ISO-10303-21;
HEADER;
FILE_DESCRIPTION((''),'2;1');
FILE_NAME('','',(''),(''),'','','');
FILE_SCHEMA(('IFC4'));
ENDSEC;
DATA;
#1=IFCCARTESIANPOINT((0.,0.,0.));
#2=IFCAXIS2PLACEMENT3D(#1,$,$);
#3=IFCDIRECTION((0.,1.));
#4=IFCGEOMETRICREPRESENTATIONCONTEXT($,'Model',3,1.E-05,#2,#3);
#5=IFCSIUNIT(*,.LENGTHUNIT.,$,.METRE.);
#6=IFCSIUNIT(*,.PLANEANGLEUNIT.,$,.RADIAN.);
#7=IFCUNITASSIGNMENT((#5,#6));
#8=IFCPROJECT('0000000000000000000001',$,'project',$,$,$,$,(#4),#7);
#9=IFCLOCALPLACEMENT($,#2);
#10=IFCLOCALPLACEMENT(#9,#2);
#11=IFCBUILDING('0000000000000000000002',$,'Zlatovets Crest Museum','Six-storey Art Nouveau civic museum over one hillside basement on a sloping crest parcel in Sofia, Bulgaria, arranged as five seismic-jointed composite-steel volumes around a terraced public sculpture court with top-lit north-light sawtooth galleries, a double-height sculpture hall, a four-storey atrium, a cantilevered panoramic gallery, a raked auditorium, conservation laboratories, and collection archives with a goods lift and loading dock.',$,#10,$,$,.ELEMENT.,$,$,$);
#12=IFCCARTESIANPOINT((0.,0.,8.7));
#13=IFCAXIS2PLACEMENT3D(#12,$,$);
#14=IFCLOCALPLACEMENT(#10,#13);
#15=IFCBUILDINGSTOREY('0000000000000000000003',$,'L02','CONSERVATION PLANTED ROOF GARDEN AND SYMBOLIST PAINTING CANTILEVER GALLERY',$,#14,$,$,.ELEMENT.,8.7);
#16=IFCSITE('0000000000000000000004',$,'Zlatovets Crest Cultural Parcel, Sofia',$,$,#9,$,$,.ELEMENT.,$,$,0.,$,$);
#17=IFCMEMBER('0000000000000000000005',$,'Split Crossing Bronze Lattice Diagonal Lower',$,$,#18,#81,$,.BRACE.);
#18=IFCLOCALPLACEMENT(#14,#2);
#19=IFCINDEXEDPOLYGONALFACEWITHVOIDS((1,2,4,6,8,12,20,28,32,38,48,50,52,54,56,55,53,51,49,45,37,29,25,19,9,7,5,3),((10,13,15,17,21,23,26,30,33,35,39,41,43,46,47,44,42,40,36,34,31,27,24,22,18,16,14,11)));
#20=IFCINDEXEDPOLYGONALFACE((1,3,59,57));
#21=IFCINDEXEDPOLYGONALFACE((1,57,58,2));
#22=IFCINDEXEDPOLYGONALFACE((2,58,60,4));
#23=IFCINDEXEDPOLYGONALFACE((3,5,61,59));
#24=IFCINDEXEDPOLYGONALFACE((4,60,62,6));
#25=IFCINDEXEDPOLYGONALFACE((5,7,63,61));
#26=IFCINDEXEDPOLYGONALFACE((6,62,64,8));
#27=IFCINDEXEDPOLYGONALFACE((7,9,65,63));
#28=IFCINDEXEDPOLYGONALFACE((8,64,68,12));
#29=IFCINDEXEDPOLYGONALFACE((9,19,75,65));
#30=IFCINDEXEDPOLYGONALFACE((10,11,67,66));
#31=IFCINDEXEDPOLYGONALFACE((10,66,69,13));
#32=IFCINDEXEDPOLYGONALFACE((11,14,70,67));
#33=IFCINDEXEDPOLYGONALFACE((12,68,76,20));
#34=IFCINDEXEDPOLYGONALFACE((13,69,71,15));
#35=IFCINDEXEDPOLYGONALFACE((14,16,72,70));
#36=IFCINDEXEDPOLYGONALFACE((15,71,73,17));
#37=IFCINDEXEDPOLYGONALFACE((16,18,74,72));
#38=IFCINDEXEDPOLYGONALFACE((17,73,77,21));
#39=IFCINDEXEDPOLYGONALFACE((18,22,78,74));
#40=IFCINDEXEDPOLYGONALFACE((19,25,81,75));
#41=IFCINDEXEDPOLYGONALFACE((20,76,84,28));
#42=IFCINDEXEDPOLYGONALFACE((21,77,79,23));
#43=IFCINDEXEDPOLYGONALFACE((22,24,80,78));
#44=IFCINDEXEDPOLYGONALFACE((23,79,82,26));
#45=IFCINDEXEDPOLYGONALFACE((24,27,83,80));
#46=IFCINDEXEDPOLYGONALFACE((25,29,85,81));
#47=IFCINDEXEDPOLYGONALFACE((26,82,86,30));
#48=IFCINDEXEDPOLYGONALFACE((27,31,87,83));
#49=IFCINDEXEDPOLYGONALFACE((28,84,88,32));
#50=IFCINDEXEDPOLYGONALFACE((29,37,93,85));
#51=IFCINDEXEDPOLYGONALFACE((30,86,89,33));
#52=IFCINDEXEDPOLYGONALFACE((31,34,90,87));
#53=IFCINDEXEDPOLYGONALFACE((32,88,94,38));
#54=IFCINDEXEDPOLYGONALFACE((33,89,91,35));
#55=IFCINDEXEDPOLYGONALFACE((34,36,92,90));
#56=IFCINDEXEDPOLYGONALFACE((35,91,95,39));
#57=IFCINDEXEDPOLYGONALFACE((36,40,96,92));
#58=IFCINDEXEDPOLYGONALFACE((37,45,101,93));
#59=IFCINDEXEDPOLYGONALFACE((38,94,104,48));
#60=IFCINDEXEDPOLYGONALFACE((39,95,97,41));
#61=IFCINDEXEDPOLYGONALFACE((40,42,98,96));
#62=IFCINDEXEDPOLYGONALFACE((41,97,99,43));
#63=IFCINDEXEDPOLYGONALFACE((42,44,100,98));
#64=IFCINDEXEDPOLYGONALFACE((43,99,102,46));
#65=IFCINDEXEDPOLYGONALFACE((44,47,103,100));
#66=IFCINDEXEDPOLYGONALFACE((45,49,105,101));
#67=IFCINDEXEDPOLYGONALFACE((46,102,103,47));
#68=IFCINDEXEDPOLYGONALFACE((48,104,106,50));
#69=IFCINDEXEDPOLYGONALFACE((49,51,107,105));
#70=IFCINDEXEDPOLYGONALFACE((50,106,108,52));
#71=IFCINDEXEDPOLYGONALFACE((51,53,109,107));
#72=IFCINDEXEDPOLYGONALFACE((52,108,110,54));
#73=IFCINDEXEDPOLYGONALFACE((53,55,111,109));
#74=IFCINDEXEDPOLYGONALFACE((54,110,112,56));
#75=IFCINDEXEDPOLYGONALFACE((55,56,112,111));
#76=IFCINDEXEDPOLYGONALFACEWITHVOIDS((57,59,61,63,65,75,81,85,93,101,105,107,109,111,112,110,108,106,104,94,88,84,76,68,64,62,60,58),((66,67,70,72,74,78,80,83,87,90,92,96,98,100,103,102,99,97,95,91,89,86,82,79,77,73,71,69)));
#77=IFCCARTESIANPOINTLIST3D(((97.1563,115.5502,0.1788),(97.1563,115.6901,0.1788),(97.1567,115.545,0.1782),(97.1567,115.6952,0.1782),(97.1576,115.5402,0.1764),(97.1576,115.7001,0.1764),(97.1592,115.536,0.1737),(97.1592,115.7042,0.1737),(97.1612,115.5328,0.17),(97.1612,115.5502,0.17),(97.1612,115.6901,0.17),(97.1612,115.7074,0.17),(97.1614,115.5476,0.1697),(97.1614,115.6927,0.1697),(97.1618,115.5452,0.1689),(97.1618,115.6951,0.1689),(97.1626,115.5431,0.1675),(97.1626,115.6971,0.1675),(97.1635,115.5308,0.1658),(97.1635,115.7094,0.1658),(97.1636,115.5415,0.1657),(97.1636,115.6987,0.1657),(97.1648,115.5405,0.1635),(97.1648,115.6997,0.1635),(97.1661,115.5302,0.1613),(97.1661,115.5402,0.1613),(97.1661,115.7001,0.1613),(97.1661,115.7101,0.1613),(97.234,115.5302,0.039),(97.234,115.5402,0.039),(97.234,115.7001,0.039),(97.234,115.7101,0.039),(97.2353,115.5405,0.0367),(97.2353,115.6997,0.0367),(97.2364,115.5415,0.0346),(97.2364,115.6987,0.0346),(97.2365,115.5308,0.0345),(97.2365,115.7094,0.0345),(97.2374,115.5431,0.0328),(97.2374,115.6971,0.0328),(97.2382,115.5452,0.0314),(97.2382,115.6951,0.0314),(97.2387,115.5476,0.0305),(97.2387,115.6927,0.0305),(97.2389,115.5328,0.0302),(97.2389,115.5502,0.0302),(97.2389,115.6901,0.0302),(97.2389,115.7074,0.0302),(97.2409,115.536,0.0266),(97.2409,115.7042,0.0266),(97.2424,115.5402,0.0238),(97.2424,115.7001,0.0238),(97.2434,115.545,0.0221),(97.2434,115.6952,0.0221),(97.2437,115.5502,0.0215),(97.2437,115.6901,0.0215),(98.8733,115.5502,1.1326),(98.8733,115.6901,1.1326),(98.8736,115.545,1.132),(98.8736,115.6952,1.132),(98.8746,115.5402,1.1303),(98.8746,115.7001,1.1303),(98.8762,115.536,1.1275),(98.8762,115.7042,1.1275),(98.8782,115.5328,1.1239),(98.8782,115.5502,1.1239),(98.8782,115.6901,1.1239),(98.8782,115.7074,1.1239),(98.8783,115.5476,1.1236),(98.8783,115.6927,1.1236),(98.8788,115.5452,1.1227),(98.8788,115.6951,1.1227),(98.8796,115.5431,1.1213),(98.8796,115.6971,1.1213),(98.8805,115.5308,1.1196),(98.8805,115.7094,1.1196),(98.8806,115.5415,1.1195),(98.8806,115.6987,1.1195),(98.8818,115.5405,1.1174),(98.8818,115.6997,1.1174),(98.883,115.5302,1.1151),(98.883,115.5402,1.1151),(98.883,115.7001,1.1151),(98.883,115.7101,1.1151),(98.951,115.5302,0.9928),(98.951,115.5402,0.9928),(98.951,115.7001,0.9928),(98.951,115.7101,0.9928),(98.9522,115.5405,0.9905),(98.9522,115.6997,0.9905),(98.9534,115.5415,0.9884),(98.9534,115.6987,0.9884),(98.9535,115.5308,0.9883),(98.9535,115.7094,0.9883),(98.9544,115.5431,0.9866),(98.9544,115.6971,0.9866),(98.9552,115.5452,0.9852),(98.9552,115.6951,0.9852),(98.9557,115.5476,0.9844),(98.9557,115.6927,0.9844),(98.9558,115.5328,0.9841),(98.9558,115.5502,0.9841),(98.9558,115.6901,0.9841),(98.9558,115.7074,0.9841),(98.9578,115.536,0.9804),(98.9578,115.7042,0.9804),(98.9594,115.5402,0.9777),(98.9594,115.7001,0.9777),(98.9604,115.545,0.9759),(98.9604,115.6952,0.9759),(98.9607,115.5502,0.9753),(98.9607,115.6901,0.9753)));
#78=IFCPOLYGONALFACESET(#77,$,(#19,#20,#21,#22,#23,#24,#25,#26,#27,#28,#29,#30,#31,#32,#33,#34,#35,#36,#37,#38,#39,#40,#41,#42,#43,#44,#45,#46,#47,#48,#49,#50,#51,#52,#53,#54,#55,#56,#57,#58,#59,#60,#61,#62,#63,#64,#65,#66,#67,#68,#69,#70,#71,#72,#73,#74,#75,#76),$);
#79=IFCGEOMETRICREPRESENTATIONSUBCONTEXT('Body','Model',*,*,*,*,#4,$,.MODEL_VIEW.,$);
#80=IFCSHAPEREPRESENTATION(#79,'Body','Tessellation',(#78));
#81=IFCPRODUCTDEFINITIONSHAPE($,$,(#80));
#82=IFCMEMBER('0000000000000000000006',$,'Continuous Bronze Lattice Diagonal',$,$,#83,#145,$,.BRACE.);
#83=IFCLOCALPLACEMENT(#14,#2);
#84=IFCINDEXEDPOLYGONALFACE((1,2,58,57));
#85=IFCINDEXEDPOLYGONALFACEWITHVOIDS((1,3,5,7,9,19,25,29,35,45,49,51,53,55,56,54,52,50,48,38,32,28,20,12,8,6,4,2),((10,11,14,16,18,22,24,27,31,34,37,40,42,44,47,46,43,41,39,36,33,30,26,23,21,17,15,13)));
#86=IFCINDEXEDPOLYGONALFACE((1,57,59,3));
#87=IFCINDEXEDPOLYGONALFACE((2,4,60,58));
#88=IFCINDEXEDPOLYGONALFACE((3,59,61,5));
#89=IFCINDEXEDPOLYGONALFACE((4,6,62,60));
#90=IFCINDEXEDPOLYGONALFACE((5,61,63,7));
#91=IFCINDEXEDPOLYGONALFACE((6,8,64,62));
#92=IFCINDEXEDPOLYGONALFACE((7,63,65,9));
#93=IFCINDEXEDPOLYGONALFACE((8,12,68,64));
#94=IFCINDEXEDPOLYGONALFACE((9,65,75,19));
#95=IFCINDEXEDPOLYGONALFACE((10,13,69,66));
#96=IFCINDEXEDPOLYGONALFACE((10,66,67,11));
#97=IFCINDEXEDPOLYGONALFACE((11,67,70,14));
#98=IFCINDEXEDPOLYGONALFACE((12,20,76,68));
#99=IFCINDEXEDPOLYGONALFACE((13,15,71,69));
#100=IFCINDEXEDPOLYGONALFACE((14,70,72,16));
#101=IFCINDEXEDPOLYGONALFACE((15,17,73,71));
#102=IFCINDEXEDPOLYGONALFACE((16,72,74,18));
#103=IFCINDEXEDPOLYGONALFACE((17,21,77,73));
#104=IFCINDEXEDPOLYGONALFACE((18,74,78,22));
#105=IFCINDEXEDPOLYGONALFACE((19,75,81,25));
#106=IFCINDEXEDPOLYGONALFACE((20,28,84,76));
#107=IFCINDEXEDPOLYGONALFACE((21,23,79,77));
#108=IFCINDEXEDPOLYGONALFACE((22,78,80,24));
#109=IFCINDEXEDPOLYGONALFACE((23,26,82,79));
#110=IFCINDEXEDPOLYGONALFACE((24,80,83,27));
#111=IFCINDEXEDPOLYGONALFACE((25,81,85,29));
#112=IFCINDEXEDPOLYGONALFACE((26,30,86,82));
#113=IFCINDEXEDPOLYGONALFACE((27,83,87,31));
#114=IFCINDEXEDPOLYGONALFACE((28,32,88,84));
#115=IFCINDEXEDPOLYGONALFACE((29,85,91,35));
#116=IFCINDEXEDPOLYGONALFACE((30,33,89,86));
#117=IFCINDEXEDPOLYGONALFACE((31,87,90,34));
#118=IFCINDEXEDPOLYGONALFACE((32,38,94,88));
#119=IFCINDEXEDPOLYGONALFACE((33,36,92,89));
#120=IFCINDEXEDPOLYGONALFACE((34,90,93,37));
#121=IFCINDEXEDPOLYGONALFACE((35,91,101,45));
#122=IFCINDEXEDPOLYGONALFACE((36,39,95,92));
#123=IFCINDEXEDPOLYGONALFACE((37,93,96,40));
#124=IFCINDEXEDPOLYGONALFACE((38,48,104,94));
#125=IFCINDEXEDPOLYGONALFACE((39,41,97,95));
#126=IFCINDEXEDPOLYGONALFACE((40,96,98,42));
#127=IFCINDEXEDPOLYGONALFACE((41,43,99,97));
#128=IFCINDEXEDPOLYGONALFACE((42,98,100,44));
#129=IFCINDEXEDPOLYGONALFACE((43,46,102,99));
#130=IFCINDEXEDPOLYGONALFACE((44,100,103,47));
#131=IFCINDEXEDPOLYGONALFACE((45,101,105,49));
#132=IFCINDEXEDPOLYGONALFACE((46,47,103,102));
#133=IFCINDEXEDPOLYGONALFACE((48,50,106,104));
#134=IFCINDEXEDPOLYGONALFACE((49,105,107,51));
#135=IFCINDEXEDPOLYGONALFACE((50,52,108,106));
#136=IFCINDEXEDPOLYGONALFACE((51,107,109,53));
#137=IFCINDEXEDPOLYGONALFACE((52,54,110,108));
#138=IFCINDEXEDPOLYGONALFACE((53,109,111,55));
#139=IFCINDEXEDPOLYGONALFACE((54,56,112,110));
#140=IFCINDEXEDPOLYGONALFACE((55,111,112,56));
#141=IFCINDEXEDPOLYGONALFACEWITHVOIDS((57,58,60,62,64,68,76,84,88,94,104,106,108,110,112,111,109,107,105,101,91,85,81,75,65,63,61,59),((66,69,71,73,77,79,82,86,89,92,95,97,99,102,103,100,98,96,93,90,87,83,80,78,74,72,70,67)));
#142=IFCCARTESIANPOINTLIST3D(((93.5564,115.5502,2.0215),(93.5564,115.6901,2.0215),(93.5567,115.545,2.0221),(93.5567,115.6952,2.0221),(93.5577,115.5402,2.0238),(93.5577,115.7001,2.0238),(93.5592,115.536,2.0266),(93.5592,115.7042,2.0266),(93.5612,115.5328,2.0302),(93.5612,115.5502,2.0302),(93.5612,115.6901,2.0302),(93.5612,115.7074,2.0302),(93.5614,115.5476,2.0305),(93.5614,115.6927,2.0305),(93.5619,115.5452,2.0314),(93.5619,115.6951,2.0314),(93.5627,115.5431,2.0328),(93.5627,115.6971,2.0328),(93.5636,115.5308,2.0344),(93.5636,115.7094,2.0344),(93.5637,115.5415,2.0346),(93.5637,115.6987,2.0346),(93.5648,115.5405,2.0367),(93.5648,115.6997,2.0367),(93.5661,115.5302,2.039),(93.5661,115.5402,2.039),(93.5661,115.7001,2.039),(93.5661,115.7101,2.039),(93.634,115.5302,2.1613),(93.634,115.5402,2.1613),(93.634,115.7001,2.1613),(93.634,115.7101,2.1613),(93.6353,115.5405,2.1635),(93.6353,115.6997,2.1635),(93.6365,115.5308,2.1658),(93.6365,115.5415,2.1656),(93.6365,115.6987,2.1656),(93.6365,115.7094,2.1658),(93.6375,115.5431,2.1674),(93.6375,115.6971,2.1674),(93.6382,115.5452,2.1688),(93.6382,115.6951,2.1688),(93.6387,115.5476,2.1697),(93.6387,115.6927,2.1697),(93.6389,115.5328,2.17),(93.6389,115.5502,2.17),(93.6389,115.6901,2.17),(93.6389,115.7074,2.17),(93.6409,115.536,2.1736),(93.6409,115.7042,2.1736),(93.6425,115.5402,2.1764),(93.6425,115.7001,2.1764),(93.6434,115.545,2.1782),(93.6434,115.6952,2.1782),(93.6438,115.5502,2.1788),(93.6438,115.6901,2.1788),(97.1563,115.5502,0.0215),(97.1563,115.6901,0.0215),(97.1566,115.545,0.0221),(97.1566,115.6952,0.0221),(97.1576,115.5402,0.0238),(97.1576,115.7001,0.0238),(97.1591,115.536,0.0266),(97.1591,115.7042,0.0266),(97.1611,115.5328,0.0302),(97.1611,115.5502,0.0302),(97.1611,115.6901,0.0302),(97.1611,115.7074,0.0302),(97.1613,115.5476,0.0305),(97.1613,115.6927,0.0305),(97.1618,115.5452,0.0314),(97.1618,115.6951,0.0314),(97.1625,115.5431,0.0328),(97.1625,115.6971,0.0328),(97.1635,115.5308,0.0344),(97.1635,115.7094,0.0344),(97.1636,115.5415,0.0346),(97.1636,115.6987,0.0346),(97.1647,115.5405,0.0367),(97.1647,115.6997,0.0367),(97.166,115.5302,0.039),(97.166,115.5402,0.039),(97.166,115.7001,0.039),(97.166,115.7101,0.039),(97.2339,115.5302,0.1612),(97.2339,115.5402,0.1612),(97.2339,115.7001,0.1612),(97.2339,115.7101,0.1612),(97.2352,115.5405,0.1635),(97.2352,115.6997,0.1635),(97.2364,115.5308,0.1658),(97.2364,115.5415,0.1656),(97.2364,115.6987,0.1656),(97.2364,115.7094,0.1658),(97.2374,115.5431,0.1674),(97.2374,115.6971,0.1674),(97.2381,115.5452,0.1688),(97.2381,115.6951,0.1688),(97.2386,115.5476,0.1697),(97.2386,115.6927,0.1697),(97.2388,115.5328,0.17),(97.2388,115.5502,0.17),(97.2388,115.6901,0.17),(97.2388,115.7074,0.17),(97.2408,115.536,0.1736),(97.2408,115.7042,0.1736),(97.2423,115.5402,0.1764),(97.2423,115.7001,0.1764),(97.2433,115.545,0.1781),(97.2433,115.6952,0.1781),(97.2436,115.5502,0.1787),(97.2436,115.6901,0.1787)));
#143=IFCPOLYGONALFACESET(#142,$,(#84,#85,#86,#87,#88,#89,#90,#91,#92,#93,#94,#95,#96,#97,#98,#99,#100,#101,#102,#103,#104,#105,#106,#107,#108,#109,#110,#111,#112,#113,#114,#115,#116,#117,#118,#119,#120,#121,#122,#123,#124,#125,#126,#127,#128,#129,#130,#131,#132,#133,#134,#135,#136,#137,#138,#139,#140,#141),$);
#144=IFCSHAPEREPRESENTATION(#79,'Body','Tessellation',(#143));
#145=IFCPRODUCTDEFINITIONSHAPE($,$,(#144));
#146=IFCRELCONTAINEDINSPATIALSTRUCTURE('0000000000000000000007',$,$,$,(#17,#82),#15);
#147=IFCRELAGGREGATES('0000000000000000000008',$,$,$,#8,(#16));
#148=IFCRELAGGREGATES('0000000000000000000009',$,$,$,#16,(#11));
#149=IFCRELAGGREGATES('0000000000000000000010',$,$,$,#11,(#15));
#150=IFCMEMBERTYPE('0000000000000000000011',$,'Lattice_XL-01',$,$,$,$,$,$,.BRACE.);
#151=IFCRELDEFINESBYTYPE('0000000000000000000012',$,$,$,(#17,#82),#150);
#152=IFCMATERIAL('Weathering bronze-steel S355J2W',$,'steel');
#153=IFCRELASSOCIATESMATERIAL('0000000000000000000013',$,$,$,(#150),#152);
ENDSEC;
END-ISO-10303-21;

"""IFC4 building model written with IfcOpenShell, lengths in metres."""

from ifc_helpers import new_model, si_unit, direction, frame, origin, origin_2d, place, context, subcontext, project, spatial, hollow_rectangle, extrude, material, material_profile, profile_set, type_object, element, save


model = new_model("IFC4")

# Units and contexts
model_context = context("Model", 3, precision=1e-05, world=origin(), true_north=direction((0.0, 1.0)))
body_context = subcontext(model_context, "Body", "Model", "MODEL_VIEW")
ifc_project = project(units=[si_unit("LENGTHUNIT", "METRE"), si_unit("PLANEANGLEUNIT", "RADIAN")], contexts=[model_context])

# Site, building, storey
site_placement = place(None, origin())
site = spatial("IfcSite", under=ifc_project, at=site_placement, Name="Zlatovets Crest Cultural Parcel, Sofia", CompositionType="ELEMENT", RefElevation=0.0)
building_placement = place(site_placement, origin())
building = spatial("IfcBuilding", under=site, at=building_placement, Name="Zlatovets Crest Museum", Description="Six-storey Art Nouveau civic museum over one hillside basement on a sloping crest parcel in Sofia, Bulgaria, arranged as five seismic-jointed composite-steel volumes around a terraced public sculpture court with top-lit north-light sawtooth galleries, a double-height sculpture hall, a four-storey atrium, a cantilevered panoramic gallery, a raked auditorium, conservation laboratories, and collection archives with a goods lift and loading dock.", CompositionType="ELEMENT")
storey_placement = place(building_placement, frame((0.0, 0.0, 8.7)))
storey = spatial("IfcBuildingStorey", under=building, at=storey_placement, Name="L02", Description="CONSERVATION PLANTED ROOF GARDEN AND SYMBOLIST PAINTING CANTILEVER GALLERY", CompositionType="ELEMENT", Elevation=8.7)

# Members
ifc_material_1 = material(Name="Weathering bronze-steel S355J2W", Category="steel")
ifc_material_profile_1 = material_profile(ifc_material_1, hollow_rectangle(XDim=0.1799, YDim=0.1799, WallThickness=0.01, InnerFilletRadius=0.01, OuterFilletRadius=0.02, at=origin_2d()), Name="SHS 180x180x10.0")
ifc_profile_set_1 = profile_set([ifc_material_profile_1], Name="Weathering bronze-steel S355J2W")
member_type_1 = type_object("IfcMemberType", Name="Lattice_XL-01", PredefinedType="BRACE", material=ifc_profile_set_1)
member_1_placement = place(storey_placement, frame((98.917, 115.6201, 1.054), z_axis=(-0.874169, 0.0, -0.485622), x_axis=(0.0, -1.0, 0.0)))
element("IfcMember", 1, at=member_1_placement, inside=storey, type_object=member_type_1, Name="Split Crossing Bronze Lattice Diagonal Lower", PredefinedType="BRACE", context=body_context, shape_type="SweptSolid", body=[
    extrude(hollow_rectangle(XDim=0.1799, YDim=0.1799, WallThickness=0.01, InnerFilletRadius=0.01, OuterFilletRadius=0.02, at=origin_2d()), origin(), (0.0, 0.0, 1.0), 1.9641),
])
member_2_placement = place(storey_placement, frame((97.2, 115.6201, 0.1001), z_axis=(-0.874149, 0.0, 0.485658), x_axis=(0.0, -1.0, 0.0)))
element("IfcMember", 2, at=member_2_placement, inside=storey, type_object=member_type_1, Name="Continuous Bronze Lattice Diagonal", PredefinedType="BRACE", context=body_context, shape_type="SweptSolid", body=[
    extrude(hollow_rectangle(XDim=0.1799, YDim=0.1799, WallThickness=0.01, InnerFilletRadius=0.01, OuterFilletRadius=0.02, at=origin_2d()), origin(), (0.0, 0.0, 1.0), 4.1182),
])

save(model, "model.ifc")
